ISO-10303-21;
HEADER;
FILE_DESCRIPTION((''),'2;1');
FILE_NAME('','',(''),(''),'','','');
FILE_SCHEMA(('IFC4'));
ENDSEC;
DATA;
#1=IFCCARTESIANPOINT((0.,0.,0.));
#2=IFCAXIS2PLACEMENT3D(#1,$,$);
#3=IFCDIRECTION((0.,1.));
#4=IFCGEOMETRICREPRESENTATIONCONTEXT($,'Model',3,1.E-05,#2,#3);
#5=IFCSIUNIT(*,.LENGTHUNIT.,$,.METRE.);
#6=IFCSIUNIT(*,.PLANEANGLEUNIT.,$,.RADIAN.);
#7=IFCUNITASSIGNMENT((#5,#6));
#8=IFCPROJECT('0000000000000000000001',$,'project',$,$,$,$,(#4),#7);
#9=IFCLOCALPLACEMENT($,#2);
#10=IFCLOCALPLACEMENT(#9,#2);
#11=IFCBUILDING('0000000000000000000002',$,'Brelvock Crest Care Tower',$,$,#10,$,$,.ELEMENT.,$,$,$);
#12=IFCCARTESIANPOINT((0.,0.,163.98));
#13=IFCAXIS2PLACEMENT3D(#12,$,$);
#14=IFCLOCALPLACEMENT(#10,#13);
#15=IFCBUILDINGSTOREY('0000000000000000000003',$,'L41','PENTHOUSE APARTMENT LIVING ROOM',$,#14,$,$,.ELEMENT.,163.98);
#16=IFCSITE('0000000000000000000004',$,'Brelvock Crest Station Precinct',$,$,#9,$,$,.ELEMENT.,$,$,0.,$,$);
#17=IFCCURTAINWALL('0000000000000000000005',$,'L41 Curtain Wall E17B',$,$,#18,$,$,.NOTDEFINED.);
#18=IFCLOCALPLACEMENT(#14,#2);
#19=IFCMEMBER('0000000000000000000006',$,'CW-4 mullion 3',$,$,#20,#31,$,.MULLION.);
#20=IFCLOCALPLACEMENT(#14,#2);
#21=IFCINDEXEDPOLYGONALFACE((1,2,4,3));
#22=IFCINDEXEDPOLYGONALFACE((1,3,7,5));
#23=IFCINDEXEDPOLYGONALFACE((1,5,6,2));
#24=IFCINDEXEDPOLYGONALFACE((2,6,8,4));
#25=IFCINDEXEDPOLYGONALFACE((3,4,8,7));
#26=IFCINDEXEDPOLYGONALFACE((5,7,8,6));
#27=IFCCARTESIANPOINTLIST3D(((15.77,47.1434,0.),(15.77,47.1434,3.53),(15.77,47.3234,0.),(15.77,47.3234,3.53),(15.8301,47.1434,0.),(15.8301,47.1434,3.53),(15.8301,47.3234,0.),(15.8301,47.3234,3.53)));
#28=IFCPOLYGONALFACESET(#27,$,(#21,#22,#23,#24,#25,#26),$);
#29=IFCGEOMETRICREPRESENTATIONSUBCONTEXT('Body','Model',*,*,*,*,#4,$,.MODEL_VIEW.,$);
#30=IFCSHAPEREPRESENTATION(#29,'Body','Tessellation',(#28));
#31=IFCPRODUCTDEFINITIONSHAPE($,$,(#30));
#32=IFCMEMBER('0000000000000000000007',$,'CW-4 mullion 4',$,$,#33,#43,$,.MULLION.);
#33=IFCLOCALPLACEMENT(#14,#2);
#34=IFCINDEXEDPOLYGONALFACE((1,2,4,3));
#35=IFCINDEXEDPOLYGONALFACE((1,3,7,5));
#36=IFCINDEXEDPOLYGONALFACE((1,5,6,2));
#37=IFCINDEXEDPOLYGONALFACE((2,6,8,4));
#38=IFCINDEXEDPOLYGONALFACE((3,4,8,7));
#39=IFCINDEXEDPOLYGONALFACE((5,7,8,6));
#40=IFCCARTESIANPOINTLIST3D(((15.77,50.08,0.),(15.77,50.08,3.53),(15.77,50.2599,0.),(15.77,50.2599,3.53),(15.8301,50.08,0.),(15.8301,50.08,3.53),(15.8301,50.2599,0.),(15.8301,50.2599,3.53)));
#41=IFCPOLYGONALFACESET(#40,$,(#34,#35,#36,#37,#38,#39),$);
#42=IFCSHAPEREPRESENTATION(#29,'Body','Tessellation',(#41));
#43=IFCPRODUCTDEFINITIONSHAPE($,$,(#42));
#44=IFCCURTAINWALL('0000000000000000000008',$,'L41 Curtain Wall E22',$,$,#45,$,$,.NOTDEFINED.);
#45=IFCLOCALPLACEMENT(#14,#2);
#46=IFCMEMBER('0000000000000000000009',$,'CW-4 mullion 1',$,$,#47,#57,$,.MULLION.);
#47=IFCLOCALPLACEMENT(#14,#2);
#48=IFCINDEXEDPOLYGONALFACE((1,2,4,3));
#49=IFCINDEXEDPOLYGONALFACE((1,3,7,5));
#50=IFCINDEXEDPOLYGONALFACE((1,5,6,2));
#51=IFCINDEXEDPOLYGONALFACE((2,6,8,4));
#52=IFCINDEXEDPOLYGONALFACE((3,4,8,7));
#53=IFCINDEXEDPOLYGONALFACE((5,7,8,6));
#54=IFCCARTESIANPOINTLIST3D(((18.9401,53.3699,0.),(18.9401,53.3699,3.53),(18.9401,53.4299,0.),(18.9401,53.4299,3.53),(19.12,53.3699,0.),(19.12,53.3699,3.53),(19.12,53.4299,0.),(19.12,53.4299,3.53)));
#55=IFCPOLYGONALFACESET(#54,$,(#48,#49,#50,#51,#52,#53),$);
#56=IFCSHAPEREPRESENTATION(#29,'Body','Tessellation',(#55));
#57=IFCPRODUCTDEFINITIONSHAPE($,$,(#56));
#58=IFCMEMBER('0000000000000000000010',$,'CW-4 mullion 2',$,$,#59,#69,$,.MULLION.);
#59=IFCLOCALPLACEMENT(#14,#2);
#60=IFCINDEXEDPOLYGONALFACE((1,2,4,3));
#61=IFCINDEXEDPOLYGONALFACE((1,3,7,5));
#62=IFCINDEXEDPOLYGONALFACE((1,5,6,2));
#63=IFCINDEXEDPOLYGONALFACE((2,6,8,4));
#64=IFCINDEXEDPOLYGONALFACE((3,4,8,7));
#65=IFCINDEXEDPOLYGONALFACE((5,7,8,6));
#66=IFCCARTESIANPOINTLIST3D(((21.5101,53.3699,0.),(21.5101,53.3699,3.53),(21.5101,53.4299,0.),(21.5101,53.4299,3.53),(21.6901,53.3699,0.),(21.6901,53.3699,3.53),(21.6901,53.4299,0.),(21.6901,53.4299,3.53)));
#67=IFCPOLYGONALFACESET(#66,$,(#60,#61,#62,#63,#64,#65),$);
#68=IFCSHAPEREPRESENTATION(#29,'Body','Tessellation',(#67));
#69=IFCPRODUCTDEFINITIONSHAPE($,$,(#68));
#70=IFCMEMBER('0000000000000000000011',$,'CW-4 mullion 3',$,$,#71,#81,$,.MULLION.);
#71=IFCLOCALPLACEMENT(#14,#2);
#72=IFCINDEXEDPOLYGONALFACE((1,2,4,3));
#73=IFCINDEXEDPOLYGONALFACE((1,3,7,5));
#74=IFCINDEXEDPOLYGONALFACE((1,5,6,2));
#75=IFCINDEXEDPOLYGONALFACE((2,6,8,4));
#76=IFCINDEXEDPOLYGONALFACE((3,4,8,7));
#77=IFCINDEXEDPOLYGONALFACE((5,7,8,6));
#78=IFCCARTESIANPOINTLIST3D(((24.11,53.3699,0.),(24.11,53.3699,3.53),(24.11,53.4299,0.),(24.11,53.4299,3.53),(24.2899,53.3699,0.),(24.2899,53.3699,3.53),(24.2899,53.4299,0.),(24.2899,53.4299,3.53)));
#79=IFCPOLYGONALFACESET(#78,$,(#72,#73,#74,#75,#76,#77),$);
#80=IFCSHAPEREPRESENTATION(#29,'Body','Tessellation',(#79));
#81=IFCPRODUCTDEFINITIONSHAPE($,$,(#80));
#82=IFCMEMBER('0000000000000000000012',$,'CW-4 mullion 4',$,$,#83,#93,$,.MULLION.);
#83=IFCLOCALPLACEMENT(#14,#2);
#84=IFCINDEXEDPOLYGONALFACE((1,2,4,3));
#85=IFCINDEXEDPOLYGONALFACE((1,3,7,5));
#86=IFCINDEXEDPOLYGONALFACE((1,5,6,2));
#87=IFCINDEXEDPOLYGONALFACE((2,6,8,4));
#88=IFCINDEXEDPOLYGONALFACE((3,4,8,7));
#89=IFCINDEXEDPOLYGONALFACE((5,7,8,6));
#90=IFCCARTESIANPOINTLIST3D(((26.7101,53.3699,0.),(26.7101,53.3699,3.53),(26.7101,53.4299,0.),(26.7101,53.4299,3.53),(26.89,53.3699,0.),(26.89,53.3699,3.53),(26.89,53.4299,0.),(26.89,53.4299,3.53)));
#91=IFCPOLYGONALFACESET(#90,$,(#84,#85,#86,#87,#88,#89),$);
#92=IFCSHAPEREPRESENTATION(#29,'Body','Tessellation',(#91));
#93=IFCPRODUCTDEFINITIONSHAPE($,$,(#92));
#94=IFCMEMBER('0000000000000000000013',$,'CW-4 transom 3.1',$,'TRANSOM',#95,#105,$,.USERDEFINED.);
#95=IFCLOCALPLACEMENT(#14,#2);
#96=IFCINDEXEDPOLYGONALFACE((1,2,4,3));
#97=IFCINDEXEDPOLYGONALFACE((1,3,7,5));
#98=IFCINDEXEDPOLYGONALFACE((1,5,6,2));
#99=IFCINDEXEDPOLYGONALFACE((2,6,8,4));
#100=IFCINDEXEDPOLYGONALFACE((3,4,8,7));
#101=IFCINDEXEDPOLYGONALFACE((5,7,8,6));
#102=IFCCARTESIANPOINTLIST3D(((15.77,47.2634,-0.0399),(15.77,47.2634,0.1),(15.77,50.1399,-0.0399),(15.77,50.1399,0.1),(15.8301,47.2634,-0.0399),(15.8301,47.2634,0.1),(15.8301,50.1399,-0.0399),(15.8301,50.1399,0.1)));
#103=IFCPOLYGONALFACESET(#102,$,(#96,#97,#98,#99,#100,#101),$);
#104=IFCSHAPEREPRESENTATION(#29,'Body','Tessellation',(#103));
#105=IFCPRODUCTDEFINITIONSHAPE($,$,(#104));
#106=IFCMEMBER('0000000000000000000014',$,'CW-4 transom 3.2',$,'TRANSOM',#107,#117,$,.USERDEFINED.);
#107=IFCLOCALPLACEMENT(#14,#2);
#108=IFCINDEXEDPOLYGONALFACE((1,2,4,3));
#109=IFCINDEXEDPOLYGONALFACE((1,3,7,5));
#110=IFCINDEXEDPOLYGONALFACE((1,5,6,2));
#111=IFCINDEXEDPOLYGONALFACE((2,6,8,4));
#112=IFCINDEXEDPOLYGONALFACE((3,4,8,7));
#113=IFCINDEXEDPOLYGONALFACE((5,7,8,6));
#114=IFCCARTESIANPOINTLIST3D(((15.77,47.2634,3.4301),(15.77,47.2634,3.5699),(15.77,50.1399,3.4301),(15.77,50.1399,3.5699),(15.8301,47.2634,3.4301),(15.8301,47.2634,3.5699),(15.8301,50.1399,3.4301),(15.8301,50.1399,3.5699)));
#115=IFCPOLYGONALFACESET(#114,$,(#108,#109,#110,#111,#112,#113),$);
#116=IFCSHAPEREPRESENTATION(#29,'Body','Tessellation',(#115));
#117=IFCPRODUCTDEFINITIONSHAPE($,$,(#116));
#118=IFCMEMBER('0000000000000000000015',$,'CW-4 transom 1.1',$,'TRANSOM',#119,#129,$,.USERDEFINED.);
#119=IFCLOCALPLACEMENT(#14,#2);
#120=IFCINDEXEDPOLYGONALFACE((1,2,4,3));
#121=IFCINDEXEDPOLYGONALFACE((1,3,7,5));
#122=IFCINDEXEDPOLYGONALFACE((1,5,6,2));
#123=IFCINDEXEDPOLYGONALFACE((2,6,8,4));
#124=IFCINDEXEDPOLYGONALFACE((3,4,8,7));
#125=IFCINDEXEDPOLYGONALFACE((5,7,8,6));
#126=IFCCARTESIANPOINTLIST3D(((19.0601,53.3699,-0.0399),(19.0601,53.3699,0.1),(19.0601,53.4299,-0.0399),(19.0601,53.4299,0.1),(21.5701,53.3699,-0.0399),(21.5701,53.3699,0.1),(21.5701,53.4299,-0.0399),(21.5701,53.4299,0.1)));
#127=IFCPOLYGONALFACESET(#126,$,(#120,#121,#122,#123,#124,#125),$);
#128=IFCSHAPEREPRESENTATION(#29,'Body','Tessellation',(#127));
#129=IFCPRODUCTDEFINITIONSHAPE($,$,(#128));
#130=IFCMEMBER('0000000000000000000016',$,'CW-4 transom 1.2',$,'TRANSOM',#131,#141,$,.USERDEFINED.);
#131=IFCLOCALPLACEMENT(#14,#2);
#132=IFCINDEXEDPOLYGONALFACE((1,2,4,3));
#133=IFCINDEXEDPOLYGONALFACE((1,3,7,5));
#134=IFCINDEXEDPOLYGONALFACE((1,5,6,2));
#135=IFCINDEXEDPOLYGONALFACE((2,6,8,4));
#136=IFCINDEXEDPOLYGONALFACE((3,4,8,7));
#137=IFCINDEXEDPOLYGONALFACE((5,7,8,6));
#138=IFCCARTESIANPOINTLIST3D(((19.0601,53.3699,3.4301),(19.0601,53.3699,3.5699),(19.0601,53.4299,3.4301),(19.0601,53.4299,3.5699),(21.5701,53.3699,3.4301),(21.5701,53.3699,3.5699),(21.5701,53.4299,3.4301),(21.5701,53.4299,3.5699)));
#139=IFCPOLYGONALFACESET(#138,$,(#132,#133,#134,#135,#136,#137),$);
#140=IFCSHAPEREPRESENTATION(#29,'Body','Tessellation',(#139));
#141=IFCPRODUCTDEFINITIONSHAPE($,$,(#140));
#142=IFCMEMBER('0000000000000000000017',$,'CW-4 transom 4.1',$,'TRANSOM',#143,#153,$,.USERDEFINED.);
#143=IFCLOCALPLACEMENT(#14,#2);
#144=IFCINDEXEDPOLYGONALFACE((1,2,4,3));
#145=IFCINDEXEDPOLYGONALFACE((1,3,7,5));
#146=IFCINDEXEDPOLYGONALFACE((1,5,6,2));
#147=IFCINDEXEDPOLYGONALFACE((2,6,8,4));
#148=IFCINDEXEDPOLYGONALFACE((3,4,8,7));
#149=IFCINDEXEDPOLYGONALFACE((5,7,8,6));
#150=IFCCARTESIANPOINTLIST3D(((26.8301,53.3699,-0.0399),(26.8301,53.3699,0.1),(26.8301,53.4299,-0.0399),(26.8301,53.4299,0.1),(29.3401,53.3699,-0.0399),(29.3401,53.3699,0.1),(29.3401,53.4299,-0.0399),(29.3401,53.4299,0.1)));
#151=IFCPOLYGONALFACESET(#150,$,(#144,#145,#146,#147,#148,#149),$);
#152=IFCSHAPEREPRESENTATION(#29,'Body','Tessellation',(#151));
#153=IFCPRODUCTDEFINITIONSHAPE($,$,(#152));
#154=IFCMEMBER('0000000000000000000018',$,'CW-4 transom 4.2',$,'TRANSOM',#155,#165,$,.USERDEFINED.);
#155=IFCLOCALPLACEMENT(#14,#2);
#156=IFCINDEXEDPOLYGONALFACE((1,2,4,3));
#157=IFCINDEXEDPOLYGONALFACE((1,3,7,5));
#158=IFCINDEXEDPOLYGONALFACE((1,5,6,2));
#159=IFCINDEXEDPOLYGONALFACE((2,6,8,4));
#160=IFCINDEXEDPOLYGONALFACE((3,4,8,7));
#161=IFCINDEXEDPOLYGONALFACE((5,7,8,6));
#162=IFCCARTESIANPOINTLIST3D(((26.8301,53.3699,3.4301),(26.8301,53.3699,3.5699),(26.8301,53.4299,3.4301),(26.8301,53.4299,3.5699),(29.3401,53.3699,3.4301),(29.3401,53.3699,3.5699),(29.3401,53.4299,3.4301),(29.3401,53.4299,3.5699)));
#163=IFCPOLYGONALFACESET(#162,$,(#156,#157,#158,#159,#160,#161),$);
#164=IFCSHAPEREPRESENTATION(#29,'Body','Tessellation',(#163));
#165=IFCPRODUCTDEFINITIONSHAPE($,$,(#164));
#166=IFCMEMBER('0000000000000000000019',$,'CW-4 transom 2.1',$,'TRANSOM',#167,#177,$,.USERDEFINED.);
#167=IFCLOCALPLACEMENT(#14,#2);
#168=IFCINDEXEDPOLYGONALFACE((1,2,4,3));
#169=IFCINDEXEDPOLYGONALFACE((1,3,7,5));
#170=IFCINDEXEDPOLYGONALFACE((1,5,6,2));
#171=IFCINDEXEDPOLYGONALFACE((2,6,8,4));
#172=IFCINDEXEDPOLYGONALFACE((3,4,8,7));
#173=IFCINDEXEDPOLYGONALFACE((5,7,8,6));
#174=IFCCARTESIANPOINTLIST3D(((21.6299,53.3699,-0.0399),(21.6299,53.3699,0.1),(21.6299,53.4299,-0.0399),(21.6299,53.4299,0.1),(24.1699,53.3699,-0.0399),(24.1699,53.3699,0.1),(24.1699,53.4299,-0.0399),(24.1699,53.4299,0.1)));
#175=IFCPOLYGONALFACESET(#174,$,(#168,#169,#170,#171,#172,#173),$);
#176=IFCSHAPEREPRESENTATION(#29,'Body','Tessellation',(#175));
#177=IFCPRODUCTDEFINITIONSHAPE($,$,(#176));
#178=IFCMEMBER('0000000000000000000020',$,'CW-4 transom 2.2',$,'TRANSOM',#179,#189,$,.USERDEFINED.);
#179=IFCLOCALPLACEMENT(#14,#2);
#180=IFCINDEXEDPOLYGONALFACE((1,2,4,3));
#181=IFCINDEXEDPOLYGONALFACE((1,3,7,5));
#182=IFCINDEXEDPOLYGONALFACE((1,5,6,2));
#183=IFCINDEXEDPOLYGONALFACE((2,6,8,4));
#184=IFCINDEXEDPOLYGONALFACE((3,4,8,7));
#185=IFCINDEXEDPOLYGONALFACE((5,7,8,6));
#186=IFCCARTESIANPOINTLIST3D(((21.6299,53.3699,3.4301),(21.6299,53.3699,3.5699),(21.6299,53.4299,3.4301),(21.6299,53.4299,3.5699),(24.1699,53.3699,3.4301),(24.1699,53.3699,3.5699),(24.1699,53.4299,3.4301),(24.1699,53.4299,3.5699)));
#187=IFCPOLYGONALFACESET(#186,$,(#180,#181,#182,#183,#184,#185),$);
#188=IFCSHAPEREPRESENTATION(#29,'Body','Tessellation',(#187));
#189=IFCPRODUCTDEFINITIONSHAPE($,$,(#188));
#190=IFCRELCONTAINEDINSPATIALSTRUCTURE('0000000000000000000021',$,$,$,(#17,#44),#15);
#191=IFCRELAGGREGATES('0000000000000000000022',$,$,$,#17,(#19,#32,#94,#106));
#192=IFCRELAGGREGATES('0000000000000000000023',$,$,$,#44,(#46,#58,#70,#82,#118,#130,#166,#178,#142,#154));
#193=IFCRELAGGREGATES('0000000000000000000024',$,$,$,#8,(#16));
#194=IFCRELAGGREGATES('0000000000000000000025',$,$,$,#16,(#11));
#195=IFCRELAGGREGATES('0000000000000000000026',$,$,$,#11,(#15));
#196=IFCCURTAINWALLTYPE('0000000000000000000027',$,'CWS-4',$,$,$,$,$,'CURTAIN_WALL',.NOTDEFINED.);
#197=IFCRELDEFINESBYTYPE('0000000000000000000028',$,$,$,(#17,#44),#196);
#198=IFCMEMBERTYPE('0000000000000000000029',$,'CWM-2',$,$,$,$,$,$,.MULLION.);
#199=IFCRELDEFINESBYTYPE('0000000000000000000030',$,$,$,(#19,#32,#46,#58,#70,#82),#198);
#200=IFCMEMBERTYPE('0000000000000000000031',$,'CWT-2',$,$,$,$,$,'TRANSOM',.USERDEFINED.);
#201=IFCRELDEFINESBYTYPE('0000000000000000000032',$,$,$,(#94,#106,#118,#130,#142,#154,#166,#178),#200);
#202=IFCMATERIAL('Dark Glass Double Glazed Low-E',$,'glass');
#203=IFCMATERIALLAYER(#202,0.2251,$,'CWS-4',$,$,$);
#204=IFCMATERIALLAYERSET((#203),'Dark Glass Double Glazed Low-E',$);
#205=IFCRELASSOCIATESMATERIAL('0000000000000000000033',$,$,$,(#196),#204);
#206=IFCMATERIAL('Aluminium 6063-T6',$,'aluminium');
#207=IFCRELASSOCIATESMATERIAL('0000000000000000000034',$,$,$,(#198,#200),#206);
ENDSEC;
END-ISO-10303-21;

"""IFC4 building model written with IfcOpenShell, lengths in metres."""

from ifc_helpers import new_model, si_unit, direction, frame, origin, origin_2d, place, context, subcontext, project, spatial, rectangle, extrude, source, transform, mapped, material, layer, layer_set, material_profile, profile_set, type_object, element, aggregate, save


model = new_model("IFC4")

# Units and contexts
model_context = context("Model", 3, precision=1e-05, world=origin(), true_north=direction((0.0, 1.0)))
body_context = subcontext(model_context, "Body", "Model", "MODEL_VIEW")
ifc_project = project(units=[si_unit("LENGTHUNIT", "METRE"), si_unit("PLANEANGLEUNIT", "RADIAN")], contexts=[model_context])

# Site, building, storey
site_placement = place(None, origin())
site = spatial("IfcSite", under=ifc_project, at=site_placement, Name="Brelvock Crest Station Precinct", CompositionType="ELEMENT", RefElevation=0.0)
building_placement = place(site_placement, origin())
building = spatial("IfcBuilding", under=site, at=building_placement, Name="Brelvock Crest Care Tower", CompositionType="ELEMENT")
storey_placement = place(building_placement, frame((0.0, 0.0, 163.98)))
storey = spatial("IfcBuildingStorey", under=building, at=storey_placement, Name="L41", Description="PENTHOUSE APARTMENT LIVING ROOM", CompositionType="ELEMENT", Elevation=163.98)

# Curtain walls, members
ifc_material_1 = material(Name="Dark Glass Double Glazed Low-E", Category="glass")
ifc_layer_1 = layer(ifc_material_1, 0.2251, Name="CWS-4")
ifc_layer_set_1 = layer_set([ifc_layer_1], Name="Dark Glass Double Glazed Low-E")
curtain_wall_type = type_object("IfcCurtainWallType", Name="CWS-4", ElementType="CURTAIN_WALL", PredefinedType="NOTDEFINED", material=ifc_layer_set_1)
curtain_wall_1_placement = place(storey_placement, origin())
curtain_wall_1 = element("IfcCurtainWall", 1, at=curtain_wall_1_placement, inside=storey, type_object=curtain_wall_type, Name="L41 Curtain Wall E17B", PredefinedType="NOTDEFINED")
ifc_material_2 = material(Name="Aluminium 6063-T6", Category="aluminium")
ifc_material_profile_1 = material_profile(ifc_material_2, rectangle(XDim=0.0601, YDim=0.1799, at=origin_2d()), Name="ALU60x180")
ifc_profile_set_1 = profile_set([ifc_material_profile_1], Name="Aluminium 6063-T6")
member_type_1 = type_object("IfcMemberType", Name="CWM-2", PredefinedType="MULLION", material=ifc_profile_set_1)
shared_shape_1 = source(origin(), body_context, "Body", "SweptSolid", [
    extrude(rectangle(XDim=0.0601, YDim=0.1799, at=origin_2d()), origin(), (0.0, 0.0, 1.0), 3.53),
])
member_1_placement = place(storey_placement, frame((15.8, 47.2334, 0.0), z_axis=(0.0, 0.0, 1.0), x_axis=(-1.0, 0.0, 0.0)))
member_1 = element("IfcMember", 2, at=member_1_placement, type_object=member_type_1, Name="CW-4 mullion 3", PredefinedType="MULLION", context=body_context, shape_type="MappedRepresentation", body=[
    mapped(shared_shape_1, transform((0.0, 0.0, 0.0), x_axis=(1.0, 0.0, 0.0), y_axis=(0.0, 1.0, 0.0), z_axis=(0.0, 0.0, 1.0), scale=1.0)),
])
member_2_placement = place(storey_placement, frame((15.8, 50.1699, 0.0), z_axis=(0.0, 0.0, 1.0), x_axis=(-1.0, 0.0, 0.0)))
member_2 = element("IfcMember", 3, at=member_2_placement, type_object=member_type_1, Name="CW-4 mullion 4", PredefinedType="MULLION", context=body_context, shape_type="MappedRepresentation", body=[
    mapped(shared_shape_1, transform((0.0, 0.0, 0.0), x_axis=(1.0, 0.0, 0.0), y_axis=(0.0, 1.0, 0.0), z_axis=(0.0, 0.0, 1.0), scale=1.0)),
])
curtain_wall_2_placement = place(storey_placement, origin())
curtain_wall_2 = element("IfcCurtainWall", 4, at=curtain_wall_2_placement, inside=storey, type_object=curtain_wall_type, Name="L41 Curtain Wall E22", PredefinedType="NOTDEFINED")
member_3_placement = place(storey_placement, frame((19.03, 53.3999, 0.0), z_axis=(0.0, 0.0, 1.0), x_axis=(0.0, 1.0, 0.0)))
member_3 = element("IfcMember", 5, at=member_3_placement, type_object=member_type_1, Name="CW-4 mullion 1", PredefinedType="MULLION", context=body_context, shape_type="MappedRepresentation", body=[
    mapped(shared_shape_1, transform((0.0, 0.0, 0.0), x_axis=(1.0, 0.0, 0.0), y_axis=(0.0, 1.0, 0.0), z_axis=(0.0, 0.0, 1.0), scale=1.0)),
])
member_4_placement = place(storey_placement, frame((21.6001, 53.3999, 0.0), z_axis=(0.0, 0.0, 1.0), x_axis=(0.0, 1.0, 0.0)))
member_4 = element("IfcMember", 6, at=member_4_placement, type_object=member_type_1, Name="CW-4 mullion 2", PredefinedType="MULLION", context=body_context, shape_type="MappedRepresentation", body=[
    mapped(shared_shape_1, transform((0.0, 0.0, 0.0), x_axis=(1.0, 0.0, 0.0), y_axis=(0.0, 1.0, 0.0), z_axis=(0.0, 0.0, 1.0), scale=1.0)),
])
member_5_placement = place(storey_placement, frame((24.2, 53.3999, 0.0), z_axis=(0.0, 0.0, 1.0), x_axis=(0.0, 1.0, 0.0)))
member_5 = element("IfcMember", 7, at=member_5_placement, type_object=member_type_1, Name="CW-4 mullion 3", PredefinedType="MULLION", context=body_context, shape_type="MappedRepresentation", body=[
    mapped(shared_shape_1, transform((0.0, 0.0, 0.0), x_axis=(1.0, 0.0, 0.0), y_axis=(0.0, 1.0, 0.0), z_axis=(0.0, 0.0, 1.0), scale=1.0)),
])
member_6_placement = place(storey_placement, frame((26.8, 53.3999, 0.0), z_axis=(0.0, 0.0, 1.0), x_axis=(0.0, 1.0, 0.0)))
member_6 = element("IfcMember", 8, at=member_6_placement, type_object=member_type_1, Name="CW-4 mullion 4", PredefinedType="MULLION", context=body_context, shape_type="MappedRepresentation", body=[
    mapped(shared_shape_1, transform((0.0, 0.0, 0.0), x_axis=(1.0, 0.0, 0.0), y_axis=(0.0, 1.0, 0.0), z_axis=(0.0, 0.0, 1.0), scale=1.0)),
])

# Members
ifc_material_profile_2 = material_profile(ifc_material_2, rectangle(XDim=0.0601, YDim=0.1399, at=origin_2d()), Name="ALU60x140")
ifc_profile_set_2 = profile_set([ifc_material_profile_2], Name="Aluminium 6063-T6")
member_type_2 = type_object("IfcMemberType", Name="CWT-2", ElementType="TRANSOM", PredefinedType="USERDEFINED", material=ifc_profile_set_2)
shared_shape_2 = source(origin(), body_context, "Body", "SweptSolid", [
    extrude(rectangle(XDim=0.0601, YDim=0.1399, at=origin_2d()), origin(), (0.0, 0.0, 1.0), 2.8765),
])
member_7_placement = place(storey_placement, frame((15.8, 47.2634, 0.03), z_axis=(0.0, 1.0, 0.0), x_axis=(-1.0, 0.0, 0.0)))
member_7 = element("IfcMember", 9, at=member_7_placement, type_object=member_type_2, Name="CW-4 transom 3.1", ObjectType="TRANSOM", PredefinedType="USERDEFINED", context=body_context, shape_type="MappedRepresentation", body=[
    mapped(shared_shape_2, transform((0.0, 0.0, 0.0), x_axis=(1.0, 0.0, 0.0), y_axis=(0.0, 1.0, 0.0), z_axis=(0.0, 0.0, 1.0), scale=1.0)),
])
member_8_placement = place(storey_placement, frame((15.8, 47.2634, 3.5), z_axis=(0.0, 1.0, 0.0), x_axis=(-1.0, 0.0, 0.0)))
member_8 = element("IfcMember", 10, at=member_8_placement, type_object=member_type_2, Name="CW-4 transom 3.2", ObjectType="TRANSOM", PredefinedType="USERDEFINED", context=body_context, shape_type="MappedRepresentation", body=[
    mapped(shared_shape_2, transform((0.0, 0.0, 0.0), x_axis=(1.0, 0.0, 0.0), y_axis=(0.0, 1.0, 0.0), z_axis=(0.0, 0.0, 1.0), scale=1.0)),
])
shared_shape_3 = source(origin(), body_context, "Body", "SweptSolid", [
    extrude(rectangle(XDim=0.0601, YDim=0.1399, at=origin_2d()), origin(), (0.0, 0.0, 1.0), 2.51),
])
member_9_placement = place(storey_placement, frame((19.0601, 53.3999, 0.03), z_axis=(1.0, 0.0, 0.0), x_axis=(0.0, 1.0, 0.0)))
member_9 = element("IfcMember", 11, at=member_9_placement, type_object=member_type_2, Name="CW-4 transom 1.1", ObjectType="TRANSOM", PredefinedType="USERDEFINED", context=body_context, shape_type="MappedRepresentation", body=[
    mapped(shared_shape_3, transform((0.0, 0.0, 0.0), x_axis=(1.0, 0.0, 0.0), y_axis=(0.0, 1.0, 0.0), z_axis=(0.0, 0.0, 1.0), scale=1.0)),
])
member_10_placement = place(storey_placement, frame((19.0601, 53.3999, 3.5), z_axis=(1.0, 0.0, 0.0), x_axis=(0.0, 1.0, 0.0)))
member_10 = element("IfcMember", 12, at=member_10_placement, type_object=member_type_2, Name="CW-4 transom 1.2", ObjectType="TRANSOM", PredefinedType="USERDEFINED", context=body_context, shape_type="MappedRepresentation", body=[
    mapped(shared_shape_3, transform((0.0, 0.0, 0.0), x_axis=(1.0, 0.0, 0.0), y_axis=(0.0, 1.0, 0.0), z_axis=(0.0, 0.0, 1.0), scale=1.0)),
])
member_11_placement = place(storey_placement, frame((26.8301, 53.3999, 0.03), z_axis=(1.0, 0.0, 0.0), x_axis=(0.0, 1.0, 0.0)))
member_11 = element("IfcMember", 13, at=member_11_placement, type_object=member_type_2, Name="CW-4 transom 4.1", ObjectType="TRANSOM", PredefinedType="USERDEFINED", context=body_context, shape_type="MappedRepresentation", body=[
    mapped(shared_shape_3, transform((0.0, 0.0, 0.0), x_axis=(1.0, 0.0, 0.0), y_axis=(0.0, 1.0, 0.0), z_axis=(0.0, 0.0, 1.0), scale=1.0)),
])
member_12_placement = place(storey_placement, frame((26.8301, 53.3999, 3.5), z_axis=(1.0, 0.0, 0.0), x_axis=(0.0, 1.0, 0.0)))
member_12 = element("IfcMember", 14, at=member_12_placement, type_object=member_type_2, Name="CW-4 transom 4.2", ObjectType="TRANSOM", PredefinedType="USERDEFINED", context=body_context, shape_type="MappedRepresentation", body=[
    mapped(shared_shape_3, transform((0.0, 0.0, 0.0), x_axis=(1.0, 0.0, 0.0), y_axis=(0.0, 1.0, 0.0), z_axis=(0.0, 0.0, 1.0), scale=1.0)),
])
shared_shape_4 = source(origin(), body_context, "Body", "SweptSolid", [
    extrude(rectangle(XDim=0.0601, YDim=0.1399, at=origin_2d()), origin(), (0.0, 0.0, 1.0), 2.54),
])
member_13_placement = place(storey_placement, frame((21.6299, 53.3999, 0.03), z_axis=(1.0, 0.0, 0.0), x_axis=(0.0, 1.0, 0.0)))
member_13 = element("IfcMember", 15, at=member_13_placement, type_object=member_type_2, Name="CW-4 transom 2.1", ObjectType="TRANSOM", PredefinedType="USERDEFINED", context=body_context, shape_type="MappedRepresentation", body=[
    mapped(shared_shape_4, transform((0.0, 0.0, 0.0), x_axis=(1.0, 0.0, 0.0), y_axis=(0.0, 1.0, 0.0), z_axis=(0.0, 0.0, 1.0), scale=1.0)),
])
member_14_placement = place(storey_placement, frame((21.6299, 53.3999, 3.5), z_axis=(1.0, 0.0, 0.0), x_axis=(0.0, 1.0, 0.0)))
member_14 = element("IfcMember", 16, at=member_14_placement, type_object=member_type_2, Name="CW-4 transom 2.2", ObjectType="TRANSOM", PredefinedType="USERDEFINED", context=body_context, shape_type="MappedRepresentation", body=[
    mapped(shared_shape_4, transform((0.0, 0.0, 0.0), x_axis=(1.0, 0.0, 0.0), y_axis=(0.0, 1.0, 0.0), z_axis=(0.0, 0.0, 1.0), scale=1.0)),
])

aggregate(curtain_wall_1, [member_1, member_2, member_7, member_8])
aggregate(curtain_wall_2, [member_3, member_4, member_5, member_6, member_9, member_10, member_13, member_14, member_11, member_12])

save(model, "model.ifc")
